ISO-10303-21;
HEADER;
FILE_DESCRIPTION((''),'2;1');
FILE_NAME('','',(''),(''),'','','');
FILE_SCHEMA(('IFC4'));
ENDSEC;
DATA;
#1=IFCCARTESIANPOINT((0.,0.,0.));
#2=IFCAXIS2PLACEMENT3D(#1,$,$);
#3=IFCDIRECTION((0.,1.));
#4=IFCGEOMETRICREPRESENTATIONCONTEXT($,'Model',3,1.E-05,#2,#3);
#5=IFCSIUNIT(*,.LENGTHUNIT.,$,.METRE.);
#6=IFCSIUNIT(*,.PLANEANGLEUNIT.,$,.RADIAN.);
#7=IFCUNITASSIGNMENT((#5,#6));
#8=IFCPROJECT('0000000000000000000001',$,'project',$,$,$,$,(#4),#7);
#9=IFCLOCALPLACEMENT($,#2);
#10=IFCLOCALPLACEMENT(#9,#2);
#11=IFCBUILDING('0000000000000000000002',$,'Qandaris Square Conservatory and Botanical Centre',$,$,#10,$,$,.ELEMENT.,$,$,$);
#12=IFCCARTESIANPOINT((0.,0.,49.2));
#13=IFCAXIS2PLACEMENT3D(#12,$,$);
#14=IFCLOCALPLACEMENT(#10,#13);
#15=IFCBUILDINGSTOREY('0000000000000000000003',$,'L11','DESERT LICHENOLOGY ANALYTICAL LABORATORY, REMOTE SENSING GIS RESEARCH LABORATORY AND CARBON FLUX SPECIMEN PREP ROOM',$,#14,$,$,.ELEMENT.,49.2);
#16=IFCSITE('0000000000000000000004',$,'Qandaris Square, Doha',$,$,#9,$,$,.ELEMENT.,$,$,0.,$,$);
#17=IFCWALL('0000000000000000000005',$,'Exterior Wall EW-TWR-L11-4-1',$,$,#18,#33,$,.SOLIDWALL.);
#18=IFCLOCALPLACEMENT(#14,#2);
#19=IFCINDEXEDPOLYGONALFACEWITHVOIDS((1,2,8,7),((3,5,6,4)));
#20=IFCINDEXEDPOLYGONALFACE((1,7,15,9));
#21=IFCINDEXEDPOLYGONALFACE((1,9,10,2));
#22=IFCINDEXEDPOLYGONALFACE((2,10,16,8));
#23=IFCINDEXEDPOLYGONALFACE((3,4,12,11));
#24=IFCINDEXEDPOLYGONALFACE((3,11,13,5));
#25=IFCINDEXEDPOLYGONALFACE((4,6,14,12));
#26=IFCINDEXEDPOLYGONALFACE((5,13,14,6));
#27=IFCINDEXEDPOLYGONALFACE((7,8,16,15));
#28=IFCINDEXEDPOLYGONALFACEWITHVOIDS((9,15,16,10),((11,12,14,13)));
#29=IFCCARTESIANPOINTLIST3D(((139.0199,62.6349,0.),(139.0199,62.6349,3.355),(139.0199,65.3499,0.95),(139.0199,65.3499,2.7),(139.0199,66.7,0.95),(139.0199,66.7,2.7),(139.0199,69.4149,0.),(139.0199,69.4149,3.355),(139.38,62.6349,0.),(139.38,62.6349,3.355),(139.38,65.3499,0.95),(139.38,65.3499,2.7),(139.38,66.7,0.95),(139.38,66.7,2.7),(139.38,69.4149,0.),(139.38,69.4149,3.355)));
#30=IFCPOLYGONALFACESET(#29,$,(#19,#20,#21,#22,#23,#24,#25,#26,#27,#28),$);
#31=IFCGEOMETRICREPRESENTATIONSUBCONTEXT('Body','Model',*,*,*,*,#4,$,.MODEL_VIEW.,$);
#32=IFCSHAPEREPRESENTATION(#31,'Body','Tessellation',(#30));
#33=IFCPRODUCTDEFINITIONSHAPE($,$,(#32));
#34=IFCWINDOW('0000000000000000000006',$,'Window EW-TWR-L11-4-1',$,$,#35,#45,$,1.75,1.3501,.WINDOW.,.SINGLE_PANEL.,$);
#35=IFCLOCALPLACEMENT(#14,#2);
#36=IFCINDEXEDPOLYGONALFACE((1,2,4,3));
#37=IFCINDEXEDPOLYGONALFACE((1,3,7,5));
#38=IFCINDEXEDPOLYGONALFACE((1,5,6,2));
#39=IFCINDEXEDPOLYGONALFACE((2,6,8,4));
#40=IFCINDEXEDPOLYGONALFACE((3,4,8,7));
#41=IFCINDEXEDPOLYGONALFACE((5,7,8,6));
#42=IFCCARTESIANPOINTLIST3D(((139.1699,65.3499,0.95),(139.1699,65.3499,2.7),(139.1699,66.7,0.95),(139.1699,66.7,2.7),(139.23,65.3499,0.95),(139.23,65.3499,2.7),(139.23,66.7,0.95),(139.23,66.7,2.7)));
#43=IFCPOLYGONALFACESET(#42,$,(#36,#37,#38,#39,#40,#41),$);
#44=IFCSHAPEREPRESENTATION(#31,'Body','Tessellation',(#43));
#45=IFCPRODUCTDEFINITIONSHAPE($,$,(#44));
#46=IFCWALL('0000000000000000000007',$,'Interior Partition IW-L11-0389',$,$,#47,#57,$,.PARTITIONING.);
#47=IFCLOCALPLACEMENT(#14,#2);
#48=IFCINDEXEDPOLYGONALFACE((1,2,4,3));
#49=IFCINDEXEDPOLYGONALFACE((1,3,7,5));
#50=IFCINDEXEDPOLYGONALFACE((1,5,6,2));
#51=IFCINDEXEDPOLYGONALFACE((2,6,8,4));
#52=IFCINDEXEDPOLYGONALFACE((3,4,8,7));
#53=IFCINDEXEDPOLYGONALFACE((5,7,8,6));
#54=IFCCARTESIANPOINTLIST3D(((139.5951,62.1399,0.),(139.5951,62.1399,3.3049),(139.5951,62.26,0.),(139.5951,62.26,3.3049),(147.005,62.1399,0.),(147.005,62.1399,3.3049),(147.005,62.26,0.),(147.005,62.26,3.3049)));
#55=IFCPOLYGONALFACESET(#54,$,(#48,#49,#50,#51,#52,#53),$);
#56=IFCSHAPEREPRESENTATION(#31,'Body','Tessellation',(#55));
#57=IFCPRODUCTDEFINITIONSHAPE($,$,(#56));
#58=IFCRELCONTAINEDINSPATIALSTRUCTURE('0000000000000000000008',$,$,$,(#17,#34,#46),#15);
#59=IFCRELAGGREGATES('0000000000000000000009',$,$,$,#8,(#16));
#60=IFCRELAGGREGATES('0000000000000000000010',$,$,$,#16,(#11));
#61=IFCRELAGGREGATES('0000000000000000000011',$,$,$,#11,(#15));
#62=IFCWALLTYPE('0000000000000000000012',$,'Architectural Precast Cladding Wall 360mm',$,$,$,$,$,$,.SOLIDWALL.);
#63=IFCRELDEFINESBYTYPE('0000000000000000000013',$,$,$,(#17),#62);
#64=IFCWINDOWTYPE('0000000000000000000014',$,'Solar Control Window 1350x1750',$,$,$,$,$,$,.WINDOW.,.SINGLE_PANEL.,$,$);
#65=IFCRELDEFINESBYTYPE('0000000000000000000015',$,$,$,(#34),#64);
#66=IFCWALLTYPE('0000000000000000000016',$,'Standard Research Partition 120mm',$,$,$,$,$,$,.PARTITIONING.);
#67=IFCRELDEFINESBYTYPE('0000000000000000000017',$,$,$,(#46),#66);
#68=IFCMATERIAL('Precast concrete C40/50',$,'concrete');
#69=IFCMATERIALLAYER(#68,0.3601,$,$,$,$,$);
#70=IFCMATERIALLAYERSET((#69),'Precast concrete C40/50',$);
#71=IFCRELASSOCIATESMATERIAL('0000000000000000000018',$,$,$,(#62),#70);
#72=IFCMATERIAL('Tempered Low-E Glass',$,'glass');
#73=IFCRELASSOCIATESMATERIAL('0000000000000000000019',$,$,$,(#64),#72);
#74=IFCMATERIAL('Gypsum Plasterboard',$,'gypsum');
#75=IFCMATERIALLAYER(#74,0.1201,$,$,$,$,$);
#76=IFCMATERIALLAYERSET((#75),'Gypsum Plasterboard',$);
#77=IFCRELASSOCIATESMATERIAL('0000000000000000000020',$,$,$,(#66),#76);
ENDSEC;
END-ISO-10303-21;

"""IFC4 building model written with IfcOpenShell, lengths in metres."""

from ifc_helpers import new_model, si_unit, direction, frame, frame_2d, origin, place, context, subcontext, project, spatial, rectangle, extrude, material, layer, layer_set, type_object, element, fill, save


model = new_model("IFC4")

# Units and contexts
model_context = context("Model", 3, precision=1e-05, world=origin(), true_north=direction((0.0, 1.0)))
body_context = subcontext(model_context, "Body", "Model", "MODEL_VIEW")
ifc_project = project(units=[si_unit("LENGTHUNIT", "METRE"), si_unit("PLANEANGLEUNIT", "RADIAN")], contexts=[model_context])

# Site, building, storey
site_placement = place(None, origin())
site = spatial("IfcSite", under=ifc_project, at=site_placement, Name="Qandaris Square, Doha", CompositionType="ELEMENT", RefElevation=0.0)
building_placement = place(site_placement, origin())
building = spatial("IfcBuilding", under=site, at=building_placement, Name="Qandaris Square Conservatory and Botanical Centre", CompositionType="ELEMENT")
storey_placement = place(building_placement, frame((0.0, 0.0, 49.2)))
storey = spatial("IfcBuildingStorey", under=building, at=storey_placement, Name="L11", Description="DESERT LICHENOLOGY ANALYTICAL LABORATORY, REMOTE SENSING GIS RESEARCH LABORATORY AND CARBON FLUX SPECIMEN PREP ROOM", CompositionType="ELEMENT", Elevation=49.2)

# Shared definitions
ifc_material_1 = material(Name="Tempered Low-E Glass", Category="glass")

# Wall, opening, window
ifc_material_2 = material(Name="Precast concrete C40/50", Category="concrete")
ifc_layer_1 = layer(ifc_material_2, 0.3601)
ifc_layer_set_1 = layer_set([ifc_layer_1], Name="Precast concrete C40/50")
wall_type_1 = type_object("IfcWallType", Name="Architectural Precast Cladding Wall 360mm", PredefinedType="SOLIDWALL", material=ifc_layer_set_1)
wall_1_placement = place(storey_placement, frame((139.2, 69.415, 0.0), z_axis=(0.0, 0.0, 1.0), x_axis=(0.0, -1.0, 0.0)))
wall_1 = element("IfcWall", 1, at=wall_1_placement, inside=storey, type_object=wall_type_1, Name="Exterior Wall EW-TWR-L11-4-1", PredefinedType="SOLIDWALL", context=body_context, shape_type="SweptSolid", body=[
    extrude(rectangle(XDim=6.78, YDim=0.3601, at=frame_2d((3.3901, 0.0))), origin(), (0.0, 0.0, 1.0), 3.355),
])
opening_placement = place(wall_1_placement, frame((2.7151, 0.0, 0.95)))
opening = element("IfcOpeningElement", 2, at=opening_placement, cuts=wall_1, PredefinedType="OPENING", context=body_context, shape_type="SweptSolid", body=[
    extrude(rectangle(XDim=1.3501, YDim=1.75, at=frame_2d((0.675, 0.875))), frame((0.0, 0.1919, 0.0), z_axis=(0.0, -1.0, 0.0), x_axis=(1.0, 0.0, 0.0)), (0.0, 0.0, 1.0), 0.384),
])
window_type = type_object("IfcWindowType", Name="Solar Control Window 1350x1750", PartitioningType="SINGLE_PANEL", PredefinedType="WINDOW", material=ifc_material_1)
window_placement = place(opening_placement, origin())
window = element("IfcWindow", 3, at=window_placement, inside=storey, type_object=window_type, Name="Window EW-TWR-L11-4-1", OverallHeight=1.75, OverallWidth=1.3501, PartitioningType="SINGLE_PANEL", PredefinedType="WINDOW", context=body_context, shape_type="SweptSolid", body=[
    extrude(rectangle(XDim=1.3501, YDim=1.75, at=frame_2d((0.675, 0.875))), frame((0.0, 0.03, 0.0), z_axis=(0.0, -1.0, 0.0), x_axis=(1.0, 0.0, 0.0)), (0.0, 0.0, 1.0), 0.0601),
])
fill(opening, window)

# Wall
ifc_material_3 = material(Name="Gypsum Plasterboard", Category="gypsum")
ifc_layer_2 = layer(ifc_material_3, 0.1201)
ifc_layer_set_2 = layer_set([ifc_layer_2], Name="Gypsum Plasterboard")
wall_type_2 = type_object("IfcWallType", Name="Standard Research Partition 120mm", PredefinedType="PARTITIONING", material=ifc_layer_set_2)
wall_2_placement = place(storey_placement, frame((139.595, 62.2, 0.0), z_axis=(0.0, 0.0, 1.0), x_axis=(1.0, 0.0, 0.0)))
element("IfcWall", 4, at=wall_2_placement, inside=storey, type_object=wall_type_2, Name="Interior Partition IW-L11-0389", PredefinedType="PARTITIONING", context=body_context, shape_type="SweptSolid", body=[
    extrude(rectangle(XDim=7.4099, YDim=0.1201, at=frame_2d((3.7051, 0.0))), origin(), (0.0, 0.0, 1.0), 3.3049),
])

save(model, "model.ifc")
